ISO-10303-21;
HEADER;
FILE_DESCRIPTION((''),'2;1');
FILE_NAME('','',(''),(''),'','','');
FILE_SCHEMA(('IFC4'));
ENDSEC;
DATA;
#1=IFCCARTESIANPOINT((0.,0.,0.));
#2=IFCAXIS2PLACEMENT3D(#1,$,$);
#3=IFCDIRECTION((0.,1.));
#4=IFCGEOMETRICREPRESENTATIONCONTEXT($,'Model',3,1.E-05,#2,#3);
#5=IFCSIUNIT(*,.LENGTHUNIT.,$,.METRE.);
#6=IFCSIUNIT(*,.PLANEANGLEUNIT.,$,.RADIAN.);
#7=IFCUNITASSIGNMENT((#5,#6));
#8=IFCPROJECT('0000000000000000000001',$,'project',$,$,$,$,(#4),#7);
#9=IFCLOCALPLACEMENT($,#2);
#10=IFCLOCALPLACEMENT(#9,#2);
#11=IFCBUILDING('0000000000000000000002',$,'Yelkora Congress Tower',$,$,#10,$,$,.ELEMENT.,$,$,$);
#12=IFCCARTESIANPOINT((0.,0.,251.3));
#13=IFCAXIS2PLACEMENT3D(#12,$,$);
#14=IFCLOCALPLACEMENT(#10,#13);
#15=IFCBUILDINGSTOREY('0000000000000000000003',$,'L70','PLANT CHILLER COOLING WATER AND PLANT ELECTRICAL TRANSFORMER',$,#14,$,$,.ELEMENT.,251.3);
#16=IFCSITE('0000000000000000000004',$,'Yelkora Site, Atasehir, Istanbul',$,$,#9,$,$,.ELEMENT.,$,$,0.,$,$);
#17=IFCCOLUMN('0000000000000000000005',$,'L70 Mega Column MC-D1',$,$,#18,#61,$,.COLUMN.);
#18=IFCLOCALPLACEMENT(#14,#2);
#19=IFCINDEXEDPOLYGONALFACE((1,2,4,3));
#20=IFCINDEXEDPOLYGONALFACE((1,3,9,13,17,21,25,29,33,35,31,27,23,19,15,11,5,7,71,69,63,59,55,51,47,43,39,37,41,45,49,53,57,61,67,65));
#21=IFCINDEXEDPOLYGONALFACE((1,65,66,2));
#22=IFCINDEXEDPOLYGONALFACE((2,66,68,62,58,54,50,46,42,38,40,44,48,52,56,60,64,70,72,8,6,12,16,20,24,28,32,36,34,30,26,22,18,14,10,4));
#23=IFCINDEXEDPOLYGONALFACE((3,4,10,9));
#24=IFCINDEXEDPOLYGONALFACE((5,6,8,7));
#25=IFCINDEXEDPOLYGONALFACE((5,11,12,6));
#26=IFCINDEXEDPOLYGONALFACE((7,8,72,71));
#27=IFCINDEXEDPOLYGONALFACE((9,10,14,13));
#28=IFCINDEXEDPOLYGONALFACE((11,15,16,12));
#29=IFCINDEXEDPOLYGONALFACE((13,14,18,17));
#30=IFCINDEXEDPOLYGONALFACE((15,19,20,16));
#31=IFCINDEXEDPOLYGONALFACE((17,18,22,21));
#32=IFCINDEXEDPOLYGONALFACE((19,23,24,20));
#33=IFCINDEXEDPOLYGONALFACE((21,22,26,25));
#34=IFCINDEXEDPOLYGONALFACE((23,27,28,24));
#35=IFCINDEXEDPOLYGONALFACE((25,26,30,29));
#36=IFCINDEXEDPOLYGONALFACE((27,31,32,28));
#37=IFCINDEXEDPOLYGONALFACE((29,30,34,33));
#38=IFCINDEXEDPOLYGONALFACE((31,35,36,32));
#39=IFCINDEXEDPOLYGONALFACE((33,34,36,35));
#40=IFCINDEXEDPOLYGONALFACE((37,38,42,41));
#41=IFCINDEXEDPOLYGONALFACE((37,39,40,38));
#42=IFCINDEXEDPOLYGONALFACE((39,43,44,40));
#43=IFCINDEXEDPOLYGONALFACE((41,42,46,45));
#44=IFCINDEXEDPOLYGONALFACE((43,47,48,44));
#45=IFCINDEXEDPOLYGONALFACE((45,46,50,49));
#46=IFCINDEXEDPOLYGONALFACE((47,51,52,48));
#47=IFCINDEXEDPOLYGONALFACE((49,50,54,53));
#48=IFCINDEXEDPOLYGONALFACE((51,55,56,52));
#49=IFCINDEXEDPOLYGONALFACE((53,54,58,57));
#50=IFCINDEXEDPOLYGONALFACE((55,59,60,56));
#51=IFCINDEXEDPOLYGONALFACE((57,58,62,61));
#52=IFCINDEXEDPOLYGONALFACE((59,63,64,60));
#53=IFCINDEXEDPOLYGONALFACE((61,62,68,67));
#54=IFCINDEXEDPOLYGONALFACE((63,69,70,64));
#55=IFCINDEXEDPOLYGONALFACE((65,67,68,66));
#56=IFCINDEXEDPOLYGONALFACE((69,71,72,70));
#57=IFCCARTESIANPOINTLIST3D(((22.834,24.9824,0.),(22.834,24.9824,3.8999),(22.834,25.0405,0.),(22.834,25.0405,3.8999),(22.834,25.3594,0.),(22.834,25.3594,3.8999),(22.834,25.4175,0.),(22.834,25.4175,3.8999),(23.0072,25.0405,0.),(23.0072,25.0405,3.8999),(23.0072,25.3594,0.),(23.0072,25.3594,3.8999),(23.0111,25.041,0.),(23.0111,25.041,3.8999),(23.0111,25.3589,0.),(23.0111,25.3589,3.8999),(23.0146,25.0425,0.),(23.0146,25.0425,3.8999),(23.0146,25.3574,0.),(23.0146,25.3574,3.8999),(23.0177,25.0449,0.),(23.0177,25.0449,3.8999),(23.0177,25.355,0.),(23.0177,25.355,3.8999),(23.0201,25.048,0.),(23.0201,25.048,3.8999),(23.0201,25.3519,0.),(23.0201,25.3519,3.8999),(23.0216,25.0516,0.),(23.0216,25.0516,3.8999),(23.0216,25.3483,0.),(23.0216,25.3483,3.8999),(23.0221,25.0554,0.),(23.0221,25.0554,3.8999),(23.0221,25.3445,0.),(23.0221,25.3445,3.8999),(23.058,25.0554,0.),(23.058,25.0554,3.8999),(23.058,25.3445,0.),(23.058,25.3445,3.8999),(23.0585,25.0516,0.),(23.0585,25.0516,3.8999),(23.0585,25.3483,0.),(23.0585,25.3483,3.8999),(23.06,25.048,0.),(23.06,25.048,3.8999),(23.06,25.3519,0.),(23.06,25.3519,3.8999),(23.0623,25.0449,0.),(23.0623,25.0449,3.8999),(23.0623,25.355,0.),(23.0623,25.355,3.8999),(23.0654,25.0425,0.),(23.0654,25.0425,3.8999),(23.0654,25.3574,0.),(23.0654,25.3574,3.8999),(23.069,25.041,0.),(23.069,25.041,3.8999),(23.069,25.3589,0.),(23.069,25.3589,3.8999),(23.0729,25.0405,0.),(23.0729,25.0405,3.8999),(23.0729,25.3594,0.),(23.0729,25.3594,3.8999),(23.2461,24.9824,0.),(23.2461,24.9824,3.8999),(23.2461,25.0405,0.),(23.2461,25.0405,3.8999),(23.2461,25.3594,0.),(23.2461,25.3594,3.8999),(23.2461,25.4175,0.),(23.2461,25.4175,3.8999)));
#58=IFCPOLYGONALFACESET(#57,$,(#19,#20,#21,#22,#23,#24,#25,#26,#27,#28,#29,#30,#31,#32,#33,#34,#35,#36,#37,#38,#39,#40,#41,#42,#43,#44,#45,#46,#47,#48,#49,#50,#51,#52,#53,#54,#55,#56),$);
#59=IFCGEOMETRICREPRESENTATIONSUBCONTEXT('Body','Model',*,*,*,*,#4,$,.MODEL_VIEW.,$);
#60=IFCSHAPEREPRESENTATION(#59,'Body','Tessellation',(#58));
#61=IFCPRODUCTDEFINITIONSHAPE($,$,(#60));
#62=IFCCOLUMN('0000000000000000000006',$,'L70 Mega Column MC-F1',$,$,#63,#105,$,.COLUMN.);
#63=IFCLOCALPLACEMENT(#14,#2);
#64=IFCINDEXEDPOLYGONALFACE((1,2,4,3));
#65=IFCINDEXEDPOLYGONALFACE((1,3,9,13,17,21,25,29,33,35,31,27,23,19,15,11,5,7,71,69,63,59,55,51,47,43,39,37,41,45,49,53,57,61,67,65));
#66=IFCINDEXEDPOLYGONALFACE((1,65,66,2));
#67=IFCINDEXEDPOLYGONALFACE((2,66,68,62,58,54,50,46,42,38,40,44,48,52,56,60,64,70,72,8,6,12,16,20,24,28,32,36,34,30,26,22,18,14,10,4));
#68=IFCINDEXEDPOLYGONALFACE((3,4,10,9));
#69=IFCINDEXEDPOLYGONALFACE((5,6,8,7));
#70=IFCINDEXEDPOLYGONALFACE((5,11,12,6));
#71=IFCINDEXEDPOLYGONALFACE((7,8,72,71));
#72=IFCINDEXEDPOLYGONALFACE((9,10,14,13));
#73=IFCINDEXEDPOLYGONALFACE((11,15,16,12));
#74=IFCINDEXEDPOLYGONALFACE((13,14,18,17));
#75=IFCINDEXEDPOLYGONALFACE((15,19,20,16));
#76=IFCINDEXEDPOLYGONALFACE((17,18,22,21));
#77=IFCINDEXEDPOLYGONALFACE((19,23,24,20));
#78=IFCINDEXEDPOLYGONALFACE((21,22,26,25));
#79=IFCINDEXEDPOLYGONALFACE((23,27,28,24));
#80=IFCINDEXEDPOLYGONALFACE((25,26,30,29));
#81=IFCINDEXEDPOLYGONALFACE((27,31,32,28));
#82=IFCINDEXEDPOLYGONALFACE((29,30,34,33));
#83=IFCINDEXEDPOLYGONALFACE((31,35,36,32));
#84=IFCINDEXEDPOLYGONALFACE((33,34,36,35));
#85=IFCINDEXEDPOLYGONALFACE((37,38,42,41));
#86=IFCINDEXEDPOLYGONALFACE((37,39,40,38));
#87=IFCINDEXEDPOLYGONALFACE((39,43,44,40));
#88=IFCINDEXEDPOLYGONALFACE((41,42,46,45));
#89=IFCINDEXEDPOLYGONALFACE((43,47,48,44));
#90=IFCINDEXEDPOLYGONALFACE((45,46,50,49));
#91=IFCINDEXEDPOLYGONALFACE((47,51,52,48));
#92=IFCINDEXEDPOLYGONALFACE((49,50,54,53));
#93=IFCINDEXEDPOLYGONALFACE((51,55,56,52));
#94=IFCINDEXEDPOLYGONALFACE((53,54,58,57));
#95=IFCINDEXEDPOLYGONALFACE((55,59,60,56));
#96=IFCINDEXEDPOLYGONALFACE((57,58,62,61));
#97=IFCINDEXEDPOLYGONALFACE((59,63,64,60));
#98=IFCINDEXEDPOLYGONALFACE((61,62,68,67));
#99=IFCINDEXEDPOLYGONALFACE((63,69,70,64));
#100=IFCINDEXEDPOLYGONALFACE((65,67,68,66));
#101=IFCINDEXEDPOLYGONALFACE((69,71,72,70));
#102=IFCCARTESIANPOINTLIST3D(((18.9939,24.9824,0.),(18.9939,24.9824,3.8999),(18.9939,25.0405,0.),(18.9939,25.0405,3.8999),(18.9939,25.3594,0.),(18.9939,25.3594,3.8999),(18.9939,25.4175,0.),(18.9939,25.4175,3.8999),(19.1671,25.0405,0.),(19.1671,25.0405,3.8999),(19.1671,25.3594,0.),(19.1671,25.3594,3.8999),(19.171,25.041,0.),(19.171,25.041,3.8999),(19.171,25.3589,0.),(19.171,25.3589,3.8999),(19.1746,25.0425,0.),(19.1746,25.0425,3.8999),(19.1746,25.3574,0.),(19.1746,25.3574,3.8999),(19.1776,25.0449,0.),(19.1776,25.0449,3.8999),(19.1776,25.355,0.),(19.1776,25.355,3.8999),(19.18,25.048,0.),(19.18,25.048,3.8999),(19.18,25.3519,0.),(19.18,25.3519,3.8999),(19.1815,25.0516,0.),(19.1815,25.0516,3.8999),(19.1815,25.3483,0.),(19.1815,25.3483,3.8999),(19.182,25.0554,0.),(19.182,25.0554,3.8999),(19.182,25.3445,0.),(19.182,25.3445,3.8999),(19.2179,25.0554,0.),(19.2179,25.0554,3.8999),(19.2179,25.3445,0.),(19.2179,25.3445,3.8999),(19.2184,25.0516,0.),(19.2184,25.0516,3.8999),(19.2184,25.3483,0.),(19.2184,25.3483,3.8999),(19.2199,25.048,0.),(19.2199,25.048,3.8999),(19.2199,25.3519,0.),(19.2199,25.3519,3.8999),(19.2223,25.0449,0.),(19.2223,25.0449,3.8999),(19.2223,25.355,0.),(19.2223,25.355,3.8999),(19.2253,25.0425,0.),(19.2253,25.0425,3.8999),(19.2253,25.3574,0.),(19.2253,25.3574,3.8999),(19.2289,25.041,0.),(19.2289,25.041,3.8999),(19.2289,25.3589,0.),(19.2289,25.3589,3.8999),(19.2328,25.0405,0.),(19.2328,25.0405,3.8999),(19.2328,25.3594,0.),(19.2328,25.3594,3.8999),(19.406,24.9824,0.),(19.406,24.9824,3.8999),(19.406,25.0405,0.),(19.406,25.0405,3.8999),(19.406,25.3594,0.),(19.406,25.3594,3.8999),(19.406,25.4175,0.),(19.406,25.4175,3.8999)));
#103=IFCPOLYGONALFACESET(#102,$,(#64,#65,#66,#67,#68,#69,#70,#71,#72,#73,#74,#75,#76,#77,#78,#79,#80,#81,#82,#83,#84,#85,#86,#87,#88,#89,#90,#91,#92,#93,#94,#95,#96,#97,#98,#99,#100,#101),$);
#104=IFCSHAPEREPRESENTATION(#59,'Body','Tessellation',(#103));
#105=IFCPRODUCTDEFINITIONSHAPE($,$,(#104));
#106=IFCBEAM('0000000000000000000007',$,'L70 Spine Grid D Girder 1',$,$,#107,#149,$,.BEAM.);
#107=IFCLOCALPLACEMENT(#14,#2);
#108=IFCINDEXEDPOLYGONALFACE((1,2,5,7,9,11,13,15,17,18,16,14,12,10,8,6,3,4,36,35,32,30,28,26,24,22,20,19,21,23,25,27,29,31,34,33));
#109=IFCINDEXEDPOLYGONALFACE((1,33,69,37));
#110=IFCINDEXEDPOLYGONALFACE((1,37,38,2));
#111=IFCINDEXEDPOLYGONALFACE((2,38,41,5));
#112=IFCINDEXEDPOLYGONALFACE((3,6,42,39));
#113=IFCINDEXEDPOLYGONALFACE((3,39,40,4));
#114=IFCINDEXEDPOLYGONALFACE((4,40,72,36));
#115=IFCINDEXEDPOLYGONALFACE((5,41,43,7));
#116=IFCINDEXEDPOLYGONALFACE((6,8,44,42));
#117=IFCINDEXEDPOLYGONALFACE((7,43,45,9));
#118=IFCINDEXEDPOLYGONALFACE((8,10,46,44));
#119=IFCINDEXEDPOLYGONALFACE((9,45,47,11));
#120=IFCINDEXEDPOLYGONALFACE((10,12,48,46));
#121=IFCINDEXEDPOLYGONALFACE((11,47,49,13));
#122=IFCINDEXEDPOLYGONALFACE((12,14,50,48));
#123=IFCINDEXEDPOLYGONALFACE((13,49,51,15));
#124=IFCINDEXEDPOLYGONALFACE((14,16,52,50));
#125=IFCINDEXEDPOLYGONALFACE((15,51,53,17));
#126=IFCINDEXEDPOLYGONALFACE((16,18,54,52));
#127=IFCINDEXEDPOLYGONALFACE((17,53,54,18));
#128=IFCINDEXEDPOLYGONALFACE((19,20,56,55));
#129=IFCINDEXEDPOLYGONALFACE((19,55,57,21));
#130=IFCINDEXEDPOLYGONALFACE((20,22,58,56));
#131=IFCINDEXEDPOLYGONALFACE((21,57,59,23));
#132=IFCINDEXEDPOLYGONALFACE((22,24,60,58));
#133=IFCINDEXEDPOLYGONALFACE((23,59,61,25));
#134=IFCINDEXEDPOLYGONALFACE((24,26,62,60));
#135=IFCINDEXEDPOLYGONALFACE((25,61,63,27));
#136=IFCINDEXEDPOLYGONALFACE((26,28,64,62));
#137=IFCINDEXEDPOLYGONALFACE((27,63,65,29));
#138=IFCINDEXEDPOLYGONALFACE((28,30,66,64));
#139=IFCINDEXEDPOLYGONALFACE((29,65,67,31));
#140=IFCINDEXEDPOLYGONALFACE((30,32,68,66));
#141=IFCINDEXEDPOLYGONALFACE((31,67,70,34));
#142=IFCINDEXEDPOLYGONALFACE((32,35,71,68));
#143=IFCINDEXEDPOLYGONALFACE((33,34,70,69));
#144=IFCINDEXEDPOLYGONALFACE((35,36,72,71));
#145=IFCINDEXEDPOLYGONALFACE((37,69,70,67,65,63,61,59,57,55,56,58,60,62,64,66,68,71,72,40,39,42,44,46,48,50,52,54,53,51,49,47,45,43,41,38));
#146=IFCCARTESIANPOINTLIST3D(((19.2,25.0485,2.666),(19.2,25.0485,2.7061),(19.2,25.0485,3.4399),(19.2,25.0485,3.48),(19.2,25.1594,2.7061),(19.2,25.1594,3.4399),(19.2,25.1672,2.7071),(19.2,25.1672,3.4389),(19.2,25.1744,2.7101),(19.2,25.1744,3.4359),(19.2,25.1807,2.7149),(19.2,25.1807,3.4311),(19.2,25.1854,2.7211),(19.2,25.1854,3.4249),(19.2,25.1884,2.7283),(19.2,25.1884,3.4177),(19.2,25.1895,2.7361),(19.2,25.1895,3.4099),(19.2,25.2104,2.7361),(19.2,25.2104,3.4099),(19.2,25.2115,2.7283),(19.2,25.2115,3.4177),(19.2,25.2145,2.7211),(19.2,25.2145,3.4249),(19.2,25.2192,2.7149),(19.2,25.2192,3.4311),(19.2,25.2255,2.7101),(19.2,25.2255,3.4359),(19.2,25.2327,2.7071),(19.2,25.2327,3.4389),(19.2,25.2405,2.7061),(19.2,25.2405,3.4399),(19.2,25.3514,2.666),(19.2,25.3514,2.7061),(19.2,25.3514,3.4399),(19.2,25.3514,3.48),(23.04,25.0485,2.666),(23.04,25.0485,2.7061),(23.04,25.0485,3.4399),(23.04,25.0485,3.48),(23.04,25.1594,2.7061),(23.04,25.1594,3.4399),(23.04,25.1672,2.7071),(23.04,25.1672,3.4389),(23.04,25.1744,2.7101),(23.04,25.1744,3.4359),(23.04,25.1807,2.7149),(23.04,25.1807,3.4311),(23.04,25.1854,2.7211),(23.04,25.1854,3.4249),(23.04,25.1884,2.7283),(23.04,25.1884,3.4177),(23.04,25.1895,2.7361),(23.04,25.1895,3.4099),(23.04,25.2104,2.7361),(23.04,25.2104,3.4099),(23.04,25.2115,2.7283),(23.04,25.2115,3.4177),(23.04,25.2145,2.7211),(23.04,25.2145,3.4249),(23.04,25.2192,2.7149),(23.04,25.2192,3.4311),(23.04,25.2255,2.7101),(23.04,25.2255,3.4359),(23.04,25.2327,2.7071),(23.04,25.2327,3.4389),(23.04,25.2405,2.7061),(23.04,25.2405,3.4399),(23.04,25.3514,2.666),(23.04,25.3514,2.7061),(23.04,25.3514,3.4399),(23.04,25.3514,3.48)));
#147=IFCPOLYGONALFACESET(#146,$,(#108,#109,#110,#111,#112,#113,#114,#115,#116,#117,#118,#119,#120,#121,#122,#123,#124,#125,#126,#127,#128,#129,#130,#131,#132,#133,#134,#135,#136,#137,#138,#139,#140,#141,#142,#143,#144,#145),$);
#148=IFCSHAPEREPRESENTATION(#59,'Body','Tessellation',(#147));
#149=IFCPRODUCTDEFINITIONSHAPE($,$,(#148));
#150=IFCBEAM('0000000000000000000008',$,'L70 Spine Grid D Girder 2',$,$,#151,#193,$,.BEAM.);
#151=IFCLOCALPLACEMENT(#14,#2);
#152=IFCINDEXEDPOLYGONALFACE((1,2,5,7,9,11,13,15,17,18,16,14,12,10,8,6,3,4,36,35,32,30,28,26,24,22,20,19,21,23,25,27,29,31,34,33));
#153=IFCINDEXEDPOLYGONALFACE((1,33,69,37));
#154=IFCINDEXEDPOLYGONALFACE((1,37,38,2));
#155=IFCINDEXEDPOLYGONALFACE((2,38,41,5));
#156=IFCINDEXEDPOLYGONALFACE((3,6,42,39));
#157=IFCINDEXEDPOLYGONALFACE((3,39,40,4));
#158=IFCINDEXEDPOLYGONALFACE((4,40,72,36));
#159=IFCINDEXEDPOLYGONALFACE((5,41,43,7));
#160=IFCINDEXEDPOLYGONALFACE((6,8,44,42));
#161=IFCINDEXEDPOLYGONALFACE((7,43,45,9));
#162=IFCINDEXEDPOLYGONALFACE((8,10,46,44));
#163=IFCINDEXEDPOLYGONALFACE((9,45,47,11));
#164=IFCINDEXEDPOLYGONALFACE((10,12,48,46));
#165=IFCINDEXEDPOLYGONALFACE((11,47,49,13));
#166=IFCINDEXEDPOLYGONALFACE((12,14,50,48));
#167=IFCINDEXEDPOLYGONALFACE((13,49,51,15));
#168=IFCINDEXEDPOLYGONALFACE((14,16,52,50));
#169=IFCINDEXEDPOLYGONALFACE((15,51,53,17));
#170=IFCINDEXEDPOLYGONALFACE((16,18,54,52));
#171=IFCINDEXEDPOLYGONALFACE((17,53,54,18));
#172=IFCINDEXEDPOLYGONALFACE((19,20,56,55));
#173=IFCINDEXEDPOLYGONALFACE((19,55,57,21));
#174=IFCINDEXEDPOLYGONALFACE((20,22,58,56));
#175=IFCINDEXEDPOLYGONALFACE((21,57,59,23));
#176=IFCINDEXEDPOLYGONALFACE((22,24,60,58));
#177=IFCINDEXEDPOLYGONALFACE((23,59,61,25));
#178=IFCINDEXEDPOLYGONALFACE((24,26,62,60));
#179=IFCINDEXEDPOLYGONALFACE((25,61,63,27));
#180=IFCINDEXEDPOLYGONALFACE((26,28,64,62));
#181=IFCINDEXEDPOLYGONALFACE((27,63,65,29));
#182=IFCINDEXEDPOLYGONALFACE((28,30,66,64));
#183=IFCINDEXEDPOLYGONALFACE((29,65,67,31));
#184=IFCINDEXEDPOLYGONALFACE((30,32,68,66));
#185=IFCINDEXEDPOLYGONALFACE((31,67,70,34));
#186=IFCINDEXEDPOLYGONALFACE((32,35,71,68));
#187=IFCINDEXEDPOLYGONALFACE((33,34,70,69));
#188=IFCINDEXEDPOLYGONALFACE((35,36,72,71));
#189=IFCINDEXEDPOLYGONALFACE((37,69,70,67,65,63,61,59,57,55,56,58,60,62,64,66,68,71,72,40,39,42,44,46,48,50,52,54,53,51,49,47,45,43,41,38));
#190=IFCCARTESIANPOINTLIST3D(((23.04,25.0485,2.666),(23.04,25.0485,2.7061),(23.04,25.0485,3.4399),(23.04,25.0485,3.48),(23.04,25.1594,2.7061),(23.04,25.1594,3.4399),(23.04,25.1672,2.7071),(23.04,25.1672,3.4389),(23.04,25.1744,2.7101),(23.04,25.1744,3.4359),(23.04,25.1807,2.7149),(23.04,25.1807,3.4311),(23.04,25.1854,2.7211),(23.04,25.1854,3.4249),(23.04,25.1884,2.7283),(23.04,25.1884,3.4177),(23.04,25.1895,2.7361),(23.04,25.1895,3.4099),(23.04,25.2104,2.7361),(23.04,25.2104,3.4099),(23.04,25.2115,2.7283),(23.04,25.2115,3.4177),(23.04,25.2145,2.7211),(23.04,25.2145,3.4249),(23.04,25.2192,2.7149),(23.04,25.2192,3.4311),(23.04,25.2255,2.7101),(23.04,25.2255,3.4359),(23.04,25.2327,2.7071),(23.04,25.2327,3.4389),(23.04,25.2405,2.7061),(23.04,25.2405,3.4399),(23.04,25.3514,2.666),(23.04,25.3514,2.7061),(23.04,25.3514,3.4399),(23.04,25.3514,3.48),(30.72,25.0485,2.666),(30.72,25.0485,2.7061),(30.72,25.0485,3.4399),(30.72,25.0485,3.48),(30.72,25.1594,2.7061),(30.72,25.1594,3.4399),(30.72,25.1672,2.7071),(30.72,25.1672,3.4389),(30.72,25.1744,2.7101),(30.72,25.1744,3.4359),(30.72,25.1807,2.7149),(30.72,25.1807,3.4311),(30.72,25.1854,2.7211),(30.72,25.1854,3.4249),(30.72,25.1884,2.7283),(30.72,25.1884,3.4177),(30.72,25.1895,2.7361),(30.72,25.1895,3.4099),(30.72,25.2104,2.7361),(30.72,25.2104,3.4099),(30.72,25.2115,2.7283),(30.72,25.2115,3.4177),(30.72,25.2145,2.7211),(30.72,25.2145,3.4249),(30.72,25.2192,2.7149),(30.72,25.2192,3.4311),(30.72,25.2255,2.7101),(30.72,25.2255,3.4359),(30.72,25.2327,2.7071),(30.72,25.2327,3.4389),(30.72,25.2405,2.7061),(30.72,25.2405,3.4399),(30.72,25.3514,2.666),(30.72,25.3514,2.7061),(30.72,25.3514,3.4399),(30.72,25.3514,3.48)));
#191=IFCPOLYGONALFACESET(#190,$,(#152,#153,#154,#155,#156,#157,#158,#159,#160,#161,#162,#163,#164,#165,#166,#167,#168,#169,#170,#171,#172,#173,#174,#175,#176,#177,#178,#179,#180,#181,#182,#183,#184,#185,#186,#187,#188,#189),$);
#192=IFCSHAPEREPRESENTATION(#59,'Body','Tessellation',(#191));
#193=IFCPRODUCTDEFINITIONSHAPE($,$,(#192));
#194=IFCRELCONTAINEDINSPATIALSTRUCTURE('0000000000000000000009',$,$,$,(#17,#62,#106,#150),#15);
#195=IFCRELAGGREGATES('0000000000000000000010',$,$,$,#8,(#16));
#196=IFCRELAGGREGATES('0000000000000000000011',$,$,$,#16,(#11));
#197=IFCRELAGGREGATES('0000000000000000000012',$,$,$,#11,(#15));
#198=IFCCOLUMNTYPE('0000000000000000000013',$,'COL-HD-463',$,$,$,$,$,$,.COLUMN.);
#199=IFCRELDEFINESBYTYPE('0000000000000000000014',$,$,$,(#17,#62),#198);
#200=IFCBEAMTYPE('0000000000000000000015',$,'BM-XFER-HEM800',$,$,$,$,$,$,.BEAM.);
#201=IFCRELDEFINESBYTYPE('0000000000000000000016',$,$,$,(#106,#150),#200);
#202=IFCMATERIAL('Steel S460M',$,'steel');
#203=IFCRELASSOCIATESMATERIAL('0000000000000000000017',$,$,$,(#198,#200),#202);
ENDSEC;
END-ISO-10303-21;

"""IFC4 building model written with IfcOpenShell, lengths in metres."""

from ifc_helpers import new_model, si_unit, direction, frame, origin, origin_2d, place, context, subcontext, project, spatial, i_section, extrude, material, material_profile, profile_set, type_object, element, save


model = new_model("IFC4")

# Units and contexts
model_context = context("Model", 3, precision=1e-05, world=origin(), true_north=direction((0.0, 1.0)))
body_context = subcontext(model_context, "Body", "Model", "MODEL_VIEW")
ifc_project = project(units=[si_unit("LENGTHUNIT", "METRE"), si_unit("PLANEANGLEUNIT", "RADIAN")], contexts=[model_context])

# Site, building, storey
site_placement = place(None, origin())
site = spatial("IfcSite", under=ifc_project, at=site_placement, Name="Yelkora Site, Atasehir, Istanbul", CompositionType="ELEMENT", RefElevation=0.0)
building_placement = place(site_placement, origin())
building = spatial("IfcBuilding", under=site, at=building_placement, Name="Yelkora Congress Tower", CompositionType="ELEMENT")
storey_placement = place(building_placement, frame((0.0, 0.0, 251.3)))
storey = spatial("IfcBuildingStorey", under=building, at=storey_placement, Name="L70", Description="PLANT CHILLER COOLING WATER AND PLANT ELECTRICAL TRANSFORMER", CompositionType="ELEMENT", Elevation=251.3)

# Columns
ifc_material_1 = material(Name="Steel S460M", Category="steel")
ifc_material_profile_1 = material_profile(ifc_material_1, i_section(OverallWidth=0.4121, OverallDepth=0.4351, WebThickness=0.0359, FlangeThickness=0.0581, FilletRadius=0.0149, at=origin_2d()), Name="HD 400x463")
ifc_profile_set_1 = profile_set([ifc_material_profile_1], Name="Steel S460M")
column_type = type_object("IfcColumnType", Name="COL-HD-463", PredefinedType="COLUMN", material=ifc_profile_set_1)
for number, where, z_axis, x_axis, name in (
    (1, (23.04, 25.2, 0.0), (0.0, 0.0, 1.0), (1.0, 0.0, 0.0), "L70 Mega Column MC-D1"),
    (2, (19.2, 25.2, 0.0), (0.0, 0.0, 1.0), (1.0, 0.0, 0.0), "L70 Mega Column MC-F1"),
):
    element("IfcColumn", number, at=place(storey_placement, frame(where, z_axis=z_axis, x_axis=x_axis)), inside=storey, type_object=column_type, Name=name, PredefinedType="COLUMN", context=body_context, shape_type="SweptSolid", body=[
        extrude(i_section(OverallWidth=0.4121, OverallDepth=0.4351, WebThickness=0.0359, FlangeThickness=0.0581, FilletRadius=0.0149, at=origin_2d()), origin(), (0.0, 0.0, 1.0), 3.8999),
    ])

# Beams
ifc_material_profile_2 = material_profile(ifc_material_1, i_section(OverallWidth=0.303, OverallDepth=0.814, WebThickness=0.021, FlangeThickness=0.04, FilletRadius=0.03, at=origin_2d()), Name="HEM 800")
ifc_profile_set_2 = profile_set([ifc_material_profile_2], Name="Steel S460M")
beam_type = type_object("IfcBeamType", Name="BM-XFER-HEM800", PredefinedType="BEAM", material=ifc_profile_set_2)
beam_1_placement = place(storey_placement, frame((19.2, 25.2, 3.073), z_axis=(1.0, 0.0, 0.0), x_axis=(0.0, 1.0, 0.0)))
element("IfcBeam", 3, at=beam_1_placement, inside=storey, type_object=beam_type, Name="L70 Spine Grid D Girder 1", PredefinedType="BEAM", context=body_context, shape_type="SweptSolid", body=[
    extrude(i_section(OverallWidth=0.303, OverallDepth=0.814, WebThickness=0.021, FlangeThickness=0.04, FilletRadius=0.03, at=origin_2d()), origin(), (0.0, 0.0, 1.0), 3.8401),
])
beam_2_placement = place(storey_placement, frame((23.04, 25.2, 3.073), z_axis=(1.0, 0.0, 0.0), x_axis=(0.0, 1.0, 0.0)))
element("IfcBeam", 4, at=beam_2_placement, inside=storey, type_object=beam_type, Name="L70 Spine Grid D Girder 2", PredefinedType="BEAM", context=body_context, shape_type="SweptSolid", body=[
    extrude(i_section(OverallWidth=0.303, OverallDepth=0.814, WebThickness=0.021, FlangeThickness=0.04, FilletRadius=0.03, at=origin_2d()), origin(), (0.0, 0.0, 1.0), 7.6799),
])

save(model, "model.ifc")
